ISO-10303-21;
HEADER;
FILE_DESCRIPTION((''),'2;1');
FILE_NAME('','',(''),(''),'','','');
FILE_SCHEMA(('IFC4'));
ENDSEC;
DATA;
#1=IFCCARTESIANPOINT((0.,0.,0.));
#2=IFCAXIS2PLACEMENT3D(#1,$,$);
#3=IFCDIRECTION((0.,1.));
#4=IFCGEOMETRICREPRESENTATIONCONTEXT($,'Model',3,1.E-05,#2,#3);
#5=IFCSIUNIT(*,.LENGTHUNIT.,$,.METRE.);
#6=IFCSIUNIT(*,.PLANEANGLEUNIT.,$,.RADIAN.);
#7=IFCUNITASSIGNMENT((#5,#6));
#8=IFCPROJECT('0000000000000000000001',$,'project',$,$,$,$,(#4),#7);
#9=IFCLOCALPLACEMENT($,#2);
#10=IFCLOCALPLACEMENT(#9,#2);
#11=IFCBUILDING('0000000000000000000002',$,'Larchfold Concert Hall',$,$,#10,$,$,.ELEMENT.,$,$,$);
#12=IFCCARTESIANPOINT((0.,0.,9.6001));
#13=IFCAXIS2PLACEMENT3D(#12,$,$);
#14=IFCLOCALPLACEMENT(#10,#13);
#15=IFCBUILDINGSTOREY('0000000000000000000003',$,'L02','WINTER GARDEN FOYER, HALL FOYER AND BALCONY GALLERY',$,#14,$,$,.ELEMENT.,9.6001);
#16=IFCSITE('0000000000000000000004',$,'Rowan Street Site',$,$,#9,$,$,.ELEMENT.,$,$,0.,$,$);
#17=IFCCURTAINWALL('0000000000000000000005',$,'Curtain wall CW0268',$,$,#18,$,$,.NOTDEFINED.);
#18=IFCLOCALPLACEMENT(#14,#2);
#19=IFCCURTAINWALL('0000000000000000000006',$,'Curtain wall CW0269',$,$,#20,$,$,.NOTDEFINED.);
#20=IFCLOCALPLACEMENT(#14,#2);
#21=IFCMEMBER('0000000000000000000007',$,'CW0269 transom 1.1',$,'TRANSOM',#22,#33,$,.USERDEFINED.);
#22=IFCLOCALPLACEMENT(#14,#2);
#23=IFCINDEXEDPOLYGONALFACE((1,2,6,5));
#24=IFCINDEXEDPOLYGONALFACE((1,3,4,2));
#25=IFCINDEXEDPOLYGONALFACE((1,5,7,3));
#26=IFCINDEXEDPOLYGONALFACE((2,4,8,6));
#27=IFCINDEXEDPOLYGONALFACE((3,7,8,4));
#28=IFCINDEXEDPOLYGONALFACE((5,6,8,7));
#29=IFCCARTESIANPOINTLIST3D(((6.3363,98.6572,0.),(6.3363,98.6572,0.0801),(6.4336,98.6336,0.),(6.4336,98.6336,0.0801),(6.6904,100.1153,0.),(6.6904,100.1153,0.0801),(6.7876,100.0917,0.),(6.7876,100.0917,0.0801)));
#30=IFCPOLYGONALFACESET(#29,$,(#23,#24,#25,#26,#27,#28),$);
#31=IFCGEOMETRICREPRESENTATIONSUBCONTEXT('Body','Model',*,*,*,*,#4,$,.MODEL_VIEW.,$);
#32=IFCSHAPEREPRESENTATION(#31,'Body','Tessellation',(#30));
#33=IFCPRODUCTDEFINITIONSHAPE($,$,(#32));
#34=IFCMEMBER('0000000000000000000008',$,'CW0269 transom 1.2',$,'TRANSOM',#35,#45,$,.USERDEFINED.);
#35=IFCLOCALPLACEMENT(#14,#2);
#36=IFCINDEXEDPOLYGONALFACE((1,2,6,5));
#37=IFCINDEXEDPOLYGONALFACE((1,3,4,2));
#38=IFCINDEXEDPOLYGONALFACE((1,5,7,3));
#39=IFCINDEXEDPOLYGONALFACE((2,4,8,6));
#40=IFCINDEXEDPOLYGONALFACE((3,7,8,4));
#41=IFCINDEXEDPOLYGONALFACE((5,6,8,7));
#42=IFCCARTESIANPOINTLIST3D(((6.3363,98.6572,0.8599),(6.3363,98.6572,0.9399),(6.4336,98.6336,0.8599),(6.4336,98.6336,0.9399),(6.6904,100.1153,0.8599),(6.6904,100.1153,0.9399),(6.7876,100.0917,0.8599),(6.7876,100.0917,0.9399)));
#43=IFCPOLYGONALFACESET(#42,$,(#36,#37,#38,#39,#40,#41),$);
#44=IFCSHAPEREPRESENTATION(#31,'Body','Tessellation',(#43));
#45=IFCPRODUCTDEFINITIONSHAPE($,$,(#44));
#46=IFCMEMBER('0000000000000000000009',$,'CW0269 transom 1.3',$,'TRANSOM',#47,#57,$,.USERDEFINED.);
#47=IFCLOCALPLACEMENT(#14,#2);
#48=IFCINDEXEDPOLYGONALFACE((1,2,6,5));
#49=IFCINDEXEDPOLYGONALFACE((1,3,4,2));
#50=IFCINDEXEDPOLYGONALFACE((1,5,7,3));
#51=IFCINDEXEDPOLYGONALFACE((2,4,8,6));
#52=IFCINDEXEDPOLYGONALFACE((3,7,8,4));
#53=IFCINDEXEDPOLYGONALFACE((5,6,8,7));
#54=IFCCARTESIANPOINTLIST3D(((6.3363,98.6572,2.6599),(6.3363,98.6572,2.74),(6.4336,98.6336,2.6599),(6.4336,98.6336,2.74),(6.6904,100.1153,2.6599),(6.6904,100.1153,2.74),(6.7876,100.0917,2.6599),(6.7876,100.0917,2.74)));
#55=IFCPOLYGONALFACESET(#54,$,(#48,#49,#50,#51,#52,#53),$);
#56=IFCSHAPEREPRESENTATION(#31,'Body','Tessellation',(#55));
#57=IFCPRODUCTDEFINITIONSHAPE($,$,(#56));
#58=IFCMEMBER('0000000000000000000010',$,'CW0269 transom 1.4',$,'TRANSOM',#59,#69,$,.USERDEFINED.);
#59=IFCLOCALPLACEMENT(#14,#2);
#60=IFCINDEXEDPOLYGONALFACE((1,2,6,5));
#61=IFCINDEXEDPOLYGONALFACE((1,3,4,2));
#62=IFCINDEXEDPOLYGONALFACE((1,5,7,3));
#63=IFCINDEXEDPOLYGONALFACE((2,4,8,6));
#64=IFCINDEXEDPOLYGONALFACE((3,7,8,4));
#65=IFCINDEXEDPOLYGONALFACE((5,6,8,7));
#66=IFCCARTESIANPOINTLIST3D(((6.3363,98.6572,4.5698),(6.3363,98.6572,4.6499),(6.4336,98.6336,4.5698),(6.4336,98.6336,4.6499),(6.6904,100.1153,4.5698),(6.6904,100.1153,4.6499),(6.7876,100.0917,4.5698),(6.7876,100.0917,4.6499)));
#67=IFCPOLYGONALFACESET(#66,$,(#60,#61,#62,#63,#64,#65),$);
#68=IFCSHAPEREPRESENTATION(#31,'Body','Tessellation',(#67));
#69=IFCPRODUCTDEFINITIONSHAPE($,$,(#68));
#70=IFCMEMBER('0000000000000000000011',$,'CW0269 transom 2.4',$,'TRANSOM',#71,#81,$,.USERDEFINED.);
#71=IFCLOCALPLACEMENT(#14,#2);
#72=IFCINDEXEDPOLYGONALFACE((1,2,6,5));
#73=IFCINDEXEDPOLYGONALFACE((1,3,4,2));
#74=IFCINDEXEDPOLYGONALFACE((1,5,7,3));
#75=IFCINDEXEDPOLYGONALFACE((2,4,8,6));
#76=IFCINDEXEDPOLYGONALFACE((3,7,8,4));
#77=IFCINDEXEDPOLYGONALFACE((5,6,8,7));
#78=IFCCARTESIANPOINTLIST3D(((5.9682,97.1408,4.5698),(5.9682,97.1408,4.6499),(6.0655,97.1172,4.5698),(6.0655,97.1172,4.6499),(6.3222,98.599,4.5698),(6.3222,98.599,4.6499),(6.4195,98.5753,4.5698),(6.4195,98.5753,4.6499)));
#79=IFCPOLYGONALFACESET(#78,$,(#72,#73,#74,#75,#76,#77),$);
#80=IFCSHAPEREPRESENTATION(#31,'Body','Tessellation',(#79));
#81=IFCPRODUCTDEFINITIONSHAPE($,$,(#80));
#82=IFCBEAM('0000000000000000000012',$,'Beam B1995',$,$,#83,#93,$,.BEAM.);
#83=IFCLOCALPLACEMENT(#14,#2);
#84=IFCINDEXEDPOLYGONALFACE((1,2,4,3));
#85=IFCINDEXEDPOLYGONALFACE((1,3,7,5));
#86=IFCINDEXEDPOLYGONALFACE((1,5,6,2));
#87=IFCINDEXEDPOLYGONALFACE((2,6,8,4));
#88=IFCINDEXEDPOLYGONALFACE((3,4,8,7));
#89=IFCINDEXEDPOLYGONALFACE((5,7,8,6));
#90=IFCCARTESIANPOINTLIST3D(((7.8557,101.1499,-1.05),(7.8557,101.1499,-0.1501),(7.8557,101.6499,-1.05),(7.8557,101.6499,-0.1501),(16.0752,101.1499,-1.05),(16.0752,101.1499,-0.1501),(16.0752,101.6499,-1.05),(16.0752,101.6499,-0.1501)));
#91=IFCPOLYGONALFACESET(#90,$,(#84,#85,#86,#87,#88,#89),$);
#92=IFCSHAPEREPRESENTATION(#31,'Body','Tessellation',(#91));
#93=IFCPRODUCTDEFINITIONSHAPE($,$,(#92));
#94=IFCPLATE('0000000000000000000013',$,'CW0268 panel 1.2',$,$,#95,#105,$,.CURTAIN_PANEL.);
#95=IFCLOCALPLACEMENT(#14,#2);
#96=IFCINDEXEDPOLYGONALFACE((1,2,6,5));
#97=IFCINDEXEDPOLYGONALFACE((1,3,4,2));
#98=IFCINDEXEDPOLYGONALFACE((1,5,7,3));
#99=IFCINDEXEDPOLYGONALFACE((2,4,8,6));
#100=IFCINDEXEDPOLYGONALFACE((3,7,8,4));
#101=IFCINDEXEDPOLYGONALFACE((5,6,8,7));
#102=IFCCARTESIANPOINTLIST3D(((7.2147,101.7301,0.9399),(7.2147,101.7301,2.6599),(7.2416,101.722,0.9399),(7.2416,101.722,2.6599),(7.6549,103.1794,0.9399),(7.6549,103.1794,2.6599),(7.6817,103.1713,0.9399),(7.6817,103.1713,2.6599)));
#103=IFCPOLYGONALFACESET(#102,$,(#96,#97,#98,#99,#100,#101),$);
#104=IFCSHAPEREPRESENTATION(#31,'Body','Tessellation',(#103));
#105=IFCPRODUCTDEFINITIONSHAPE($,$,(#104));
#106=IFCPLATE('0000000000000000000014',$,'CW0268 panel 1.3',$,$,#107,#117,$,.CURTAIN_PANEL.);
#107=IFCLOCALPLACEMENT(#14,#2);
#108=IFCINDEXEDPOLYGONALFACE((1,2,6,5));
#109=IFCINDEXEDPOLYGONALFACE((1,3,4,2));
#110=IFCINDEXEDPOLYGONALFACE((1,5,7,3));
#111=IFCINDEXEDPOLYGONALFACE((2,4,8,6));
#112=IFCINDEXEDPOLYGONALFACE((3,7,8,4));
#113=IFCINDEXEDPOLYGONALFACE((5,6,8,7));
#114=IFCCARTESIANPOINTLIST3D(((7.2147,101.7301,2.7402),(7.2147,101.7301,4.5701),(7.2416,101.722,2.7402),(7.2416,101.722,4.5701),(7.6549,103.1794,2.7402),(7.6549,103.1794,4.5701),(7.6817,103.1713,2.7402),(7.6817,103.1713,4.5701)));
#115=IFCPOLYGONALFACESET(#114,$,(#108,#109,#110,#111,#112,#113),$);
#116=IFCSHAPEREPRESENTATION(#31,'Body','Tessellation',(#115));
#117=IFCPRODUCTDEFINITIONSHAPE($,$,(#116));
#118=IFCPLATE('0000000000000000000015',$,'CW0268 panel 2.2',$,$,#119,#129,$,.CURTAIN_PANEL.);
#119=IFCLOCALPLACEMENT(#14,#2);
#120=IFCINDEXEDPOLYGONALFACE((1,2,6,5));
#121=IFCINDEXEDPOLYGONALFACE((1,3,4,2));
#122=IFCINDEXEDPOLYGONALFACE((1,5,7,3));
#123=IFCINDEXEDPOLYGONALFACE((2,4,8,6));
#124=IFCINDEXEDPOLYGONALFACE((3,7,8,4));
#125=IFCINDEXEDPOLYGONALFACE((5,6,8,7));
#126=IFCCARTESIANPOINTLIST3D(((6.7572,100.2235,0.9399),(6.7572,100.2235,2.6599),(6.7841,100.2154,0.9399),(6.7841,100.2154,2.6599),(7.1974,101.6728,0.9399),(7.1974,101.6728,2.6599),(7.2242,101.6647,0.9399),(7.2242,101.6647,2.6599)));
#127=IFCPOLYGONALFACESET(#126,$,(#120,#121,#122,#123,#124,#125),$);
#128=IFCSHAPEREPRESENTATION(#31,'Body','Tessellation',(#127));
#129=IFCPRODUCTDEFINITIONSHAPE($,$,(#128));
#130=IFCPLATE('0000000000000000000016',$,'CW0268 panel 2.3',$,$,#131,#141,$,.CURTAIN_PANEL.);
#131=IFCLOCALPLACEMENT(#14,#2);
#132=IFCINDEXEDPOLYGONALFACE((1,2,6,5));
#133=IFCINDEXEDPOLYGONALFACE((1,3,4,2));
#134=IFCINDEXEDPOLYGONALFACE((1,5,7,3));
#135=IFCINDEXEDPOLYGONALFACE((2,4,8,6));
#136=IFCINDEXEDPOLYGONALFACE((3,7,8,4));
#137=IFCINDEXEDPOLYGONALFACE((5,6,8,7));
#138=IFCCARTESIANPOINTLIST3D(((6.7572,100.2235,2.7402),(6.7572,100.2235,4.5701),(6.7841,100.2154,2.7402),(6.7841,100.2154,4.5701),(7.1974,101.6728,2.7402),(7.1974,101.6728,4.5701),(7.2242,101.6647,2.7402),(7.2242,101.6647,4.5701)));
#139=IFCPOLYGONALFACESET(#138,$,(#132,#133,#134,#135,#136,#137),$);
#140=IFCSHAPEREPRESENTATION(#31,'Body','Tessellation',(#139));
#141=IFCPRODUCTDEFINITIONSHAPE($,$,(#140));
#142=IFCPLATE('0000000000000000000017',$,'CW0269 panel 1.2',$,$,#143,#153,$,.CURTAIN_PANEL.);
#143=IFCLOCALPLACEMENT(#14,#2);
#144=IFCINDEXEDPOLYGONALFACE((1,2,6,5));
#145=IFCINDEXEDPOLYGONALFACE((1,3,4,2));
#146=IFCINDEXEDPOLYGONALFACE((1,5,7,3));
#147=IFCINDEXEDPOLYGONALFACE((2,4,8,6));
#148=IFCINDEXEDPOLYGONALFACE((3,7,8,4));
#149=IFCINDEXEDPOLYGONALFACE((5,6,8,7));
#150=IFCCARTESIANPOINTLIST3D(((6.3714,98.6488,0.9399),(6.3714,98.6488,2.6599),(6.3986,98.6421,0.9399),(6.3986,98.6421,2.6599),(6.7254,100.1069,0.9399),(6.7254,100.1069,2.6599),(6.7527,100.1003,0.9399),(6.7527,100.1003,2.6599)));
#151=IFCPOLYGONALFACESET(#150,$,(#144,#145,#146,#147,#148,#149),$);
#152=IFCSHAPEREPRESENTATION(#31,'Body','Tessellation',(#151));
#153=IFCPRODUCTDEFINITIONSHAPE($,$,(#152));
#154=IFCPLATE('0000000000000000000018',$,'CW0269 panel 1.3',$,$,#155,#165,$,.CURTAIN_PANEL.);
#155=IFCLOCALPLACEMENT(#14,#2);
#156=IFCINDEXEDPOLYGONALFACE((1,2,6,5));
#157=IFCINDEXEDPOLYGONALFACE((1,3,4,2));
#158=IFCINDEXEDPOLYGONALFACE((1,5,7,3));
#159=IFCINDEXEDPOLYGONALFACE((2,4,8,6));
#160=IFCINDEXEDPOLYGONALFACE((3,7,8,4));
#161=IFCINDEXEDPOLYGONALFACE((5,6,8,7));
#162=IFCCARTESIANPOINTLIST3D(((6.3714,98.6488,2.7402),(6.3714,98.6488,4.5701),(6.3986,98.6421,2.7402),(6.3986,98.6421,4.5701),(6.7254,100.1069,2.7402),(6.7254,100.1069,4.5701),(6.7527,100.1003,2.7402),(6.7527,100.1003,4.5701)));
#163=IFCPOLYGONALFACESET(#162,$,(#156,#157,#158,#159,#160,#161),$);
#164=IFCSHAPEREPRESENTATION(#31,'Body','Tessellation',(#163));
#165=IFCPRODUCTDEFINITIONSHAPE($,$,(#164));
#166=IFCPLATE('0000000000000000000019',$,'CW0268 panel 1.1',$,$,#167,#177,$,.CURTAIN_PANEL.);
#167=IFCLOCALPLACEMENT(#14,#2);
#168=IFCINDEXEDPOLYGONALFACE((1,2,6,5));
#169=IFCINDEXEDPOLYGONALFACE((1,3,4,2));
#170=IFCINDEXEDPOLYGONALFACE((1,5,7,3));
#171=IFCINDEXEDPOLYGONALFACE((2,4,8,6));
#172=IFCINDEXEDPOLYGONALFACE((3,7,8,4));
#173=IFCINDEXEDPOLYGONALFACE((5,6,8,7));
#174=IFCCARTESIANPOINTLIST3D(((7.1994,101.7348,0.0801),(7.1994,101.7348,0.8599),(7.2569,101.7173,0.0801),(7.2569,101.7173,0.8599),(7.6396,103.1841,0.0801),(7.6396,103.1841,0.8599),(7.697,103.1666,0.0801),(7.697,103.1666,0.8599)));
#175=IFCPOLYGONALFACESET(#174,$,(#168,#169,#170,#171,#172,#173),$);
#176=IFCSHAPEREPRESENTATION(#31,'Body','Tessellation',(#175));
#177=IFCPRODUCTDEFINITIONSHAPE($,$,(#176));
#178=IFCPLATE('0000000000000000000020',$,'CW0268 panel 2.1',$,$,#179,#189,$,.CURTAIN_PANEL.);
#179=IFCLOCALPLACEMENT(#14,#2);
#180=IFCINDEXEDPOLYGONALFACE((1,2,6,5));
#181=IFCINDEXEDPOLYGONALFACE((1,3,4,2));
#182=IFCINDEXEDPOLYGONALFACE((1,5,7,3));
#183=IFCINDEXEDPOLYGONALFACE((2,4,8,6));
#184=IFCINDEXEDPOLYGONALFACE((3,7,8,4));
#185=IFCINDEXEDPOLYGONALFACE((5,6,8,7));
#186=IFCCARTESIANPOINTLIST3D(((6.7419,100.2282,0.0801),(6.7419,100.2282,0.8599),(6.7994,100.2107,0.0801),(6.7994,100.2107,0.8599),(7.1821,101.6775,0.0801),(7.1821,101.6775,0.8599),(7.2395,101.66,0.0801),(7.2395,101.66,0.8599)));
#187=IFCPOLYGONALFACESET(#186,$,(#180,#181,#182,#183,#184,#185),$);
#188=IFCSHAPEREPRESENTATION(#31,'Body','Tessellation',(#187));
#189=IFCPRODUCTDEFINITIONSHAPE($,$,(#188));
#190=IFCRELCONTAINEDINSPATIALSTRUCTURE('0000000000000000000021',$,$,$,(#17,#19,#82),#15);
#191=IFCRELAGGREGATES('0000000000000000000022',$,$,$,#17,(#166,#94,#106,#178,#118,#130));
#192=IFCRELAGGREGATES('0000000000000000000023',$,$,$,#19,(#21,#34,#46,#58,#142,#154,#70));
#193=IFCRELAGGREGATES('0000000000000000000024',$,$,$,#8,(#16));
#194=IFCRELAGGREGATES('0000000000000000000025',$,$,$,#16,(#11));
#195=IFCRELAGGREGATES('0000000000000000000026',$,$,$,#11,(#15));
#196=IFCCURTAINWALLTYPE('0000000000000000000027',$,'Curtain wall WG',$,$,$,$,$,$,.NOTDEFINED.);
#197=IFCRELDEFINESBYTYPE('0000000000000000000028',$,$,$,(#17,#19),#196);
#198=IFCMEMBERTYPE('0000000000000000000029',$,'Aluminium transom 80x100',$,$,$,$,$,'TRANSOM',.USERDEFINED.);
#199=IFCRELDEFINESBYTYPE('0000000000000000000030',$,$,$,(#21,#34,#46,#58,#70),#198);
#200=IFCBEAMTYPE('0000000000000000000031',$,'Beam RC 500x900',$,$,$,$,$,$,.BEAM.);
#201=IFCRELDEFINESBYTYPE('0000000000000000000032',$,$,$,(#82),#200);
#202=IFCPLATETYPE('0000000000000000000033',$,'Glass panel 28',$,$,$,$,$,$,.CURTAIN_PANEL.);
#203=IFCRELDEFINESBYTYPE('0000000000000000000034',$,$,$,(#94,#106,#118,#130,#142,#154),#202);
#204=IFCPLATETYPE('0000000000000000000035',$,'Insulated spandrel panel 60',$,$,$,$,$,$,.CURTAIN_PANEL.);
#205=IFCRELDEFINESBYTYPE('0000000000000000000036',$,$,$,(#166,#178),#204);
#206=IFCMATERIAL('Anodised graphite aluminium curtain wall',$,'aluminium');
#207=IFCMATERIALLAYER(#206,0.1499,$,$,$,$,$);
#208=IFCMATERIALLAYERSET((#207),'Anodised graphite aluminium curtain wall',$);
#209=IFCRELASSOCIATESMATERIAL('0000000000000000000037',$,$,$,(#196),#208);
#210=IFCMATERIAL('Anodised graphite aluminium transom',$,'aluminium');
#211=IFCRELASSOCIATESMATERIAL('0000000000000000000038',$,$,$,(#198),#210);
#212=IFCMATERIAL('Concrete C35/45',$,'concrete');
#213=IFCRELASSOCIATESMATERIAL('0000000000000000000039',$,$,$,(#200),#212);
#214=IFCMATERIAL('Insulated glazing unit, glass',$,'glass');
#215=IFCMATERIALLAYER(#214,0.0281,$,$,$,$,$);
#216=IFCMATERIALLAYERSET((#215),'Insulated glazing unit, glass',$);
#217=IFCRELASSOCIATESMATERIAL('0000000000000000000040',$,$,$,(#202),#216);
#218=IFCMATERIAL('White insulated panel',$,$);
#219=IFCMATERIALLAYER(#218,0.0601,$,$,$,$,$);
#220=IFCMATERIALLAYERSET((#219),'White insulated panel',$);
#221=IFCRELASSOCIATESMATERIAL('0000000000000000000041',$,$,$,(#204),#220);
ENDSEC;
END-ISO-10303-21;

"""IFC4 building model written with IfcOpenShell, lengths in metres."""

from ifc_helpers import new_model, si_unit, direction, frame, origin, origin_2d, place, context, subcontext, project, spatial, rectangle, extrude, material, layer, layer_set, material_profile, profile_set, type_object, element, aggregate, save


model = new_model("IFC4")

# Units and contexts
model_context = context("Model", 3, precision=1e-05, world=origin(), true_north=direction((0.0, 1.0)))
body_context = subcontext(model_context, "Body", "Model", "MODEL_VIEW")
ifc_project = project(units=[si_unit("LENGTHUNIT", "METRE"), si_unit("PLANEANGLEUNIT", "RADIAN")], contexts=[model_context])

# Site, building, storey
site_placement = place(None, origin())
site = spatial("IfcSite", under=ifc_project, at=site_placement, Name="Rowan Street Site", CompositionType="ELEMENT", RefElevation=0.0)
building_placement = place(site_placement, origin())
building = spatial("IfcBuilding", under=site, at=building_placement, Name="Larchfold Concert Hall", CompositionType="ELEMENT")
storey_placement = place(building_placement, frame((0.0, 0.0, 9.6001)))
storey = spatial("IfcBuildingStorey", under=building, at=storey_placement, Name="L02", Description="WINTER GARDEN FOYER, HALL FOYER AND BALCONY GALLERY", CompositionType="ELEMENT", Elevation=9.6001)

# Curtain walls
ifc_material_1 = material(Name="Anodised graphite aluminium curtain wall", Category="aluminium")
ifc_layer_1 = layer(ifc_material_1, 0.1499)
ifc_layer_set_1 = layer_set([ifc_layer_1], Name="Anodised graphite aluminium curtain wall")
curtain_wall_type = type_object("IfcCurtainWallType", Name="Curtain wall WG", PredefinedType="NOTDEFINED", material=ifc_layer_set_1)
curtain_wall_1_placement = place(storey_placement, origin())
curtain_wall_1 = element("IfcCurtainWall", 1, at=curtain_wall_1_placement, inside=storey, type_object=curtain_wall_type, Name="Curtain wall CW0268", PredefinedType="NOTDEFINED")
curtain_wall_2_placement = place(storey_placement, origin())
curtain_wall_2 = element("IfcCurtainWall", 2, at=curtain_wall_2_placement, inside=storey, type_object=curtain_wall_type, Name="Curtain wall CW0269", PredefinedType="NOTDEFINED")

# Members
ifc_material_2 = material(Name="Anodised graphite aluminium transom", Category="aluminium")
ifc_material_profile_1 = material_profile(ifc_material_2, rectangle(XDim=0.1001, YDim=0.0801, at=origin_2d()))
ifc_profile_set_1 = profile_set([ifc_material_profile_1], Name="Anodised graphite aluminium transom")
member_type_1 = type_object("IfcMemberType", Name="Aluminium transom 80x100", ElementType="TRANSOM", PredefinedType="USERDEFINED", material=ifc_profile_set_1)
member_1_placement = place(storey_placement, frame((6.739, 100.1035, 0.04), z_axis=(-0.235945, -0.971766, 0.0), x_axis=(0.971766, -0.235945, 0.0)))
member_1 = element("IfcMember", 3, at=member_1_placement, type_object=member_type_1, Name="CW0269 transom 1.1", ObjectType="TRANSOM", PredefinedType="USERDEFINED", context=body_context, shape_type="SweptSolid", body=[
    extrude(rectangle(XDim=0.1001, YDim=0.0801, at=origin_2d()), origin(), (0.0, 0.0, 1.0), 1.5005),
])
member_2_placement = place(storey_placement, frame((6.739, 100.1035, 0.8999), z_axis=(-0.235945, -0.971766, 0.0), x_axis=(0.971766, -0.235945, 0.0)))
member_2 = element("IfcMember", 4, at=member_2_placement, type_object=member_type_1, Name="CW0269 transom 1.2", ObjectType="TRANSOM", PredefinedType="USERDEFINED", context=body_context, shape_type="SweptSolid", body=[
    extrude(rectangle(XDim=0.1001, YDim=0.0801, at=origin_2d()), origin(), (0.0, 0.0, 1.0), 1.5005),
])
member_3_placement = place(storey_placement, frame((6.739, 100.1035, 2.7), z_axis=(-0.235945, -0.971766, 0.0), x_axis=(0.971766, -0.235945, 0.0)))
member_3 = element("IfcMember", 5, at=member_3_placement, type_object=member_type_1, Name="CW0269 transom 1.3", ObjectType="TRANSOM", PredefinedType="USERDEFINED", context=body_context, shape_type="SweptSolid", body=[
    extrude(rectangle(XDim=0.1001, YDim=0.0801, at=origin_2d()), origin(), (0.0, 0.0, 1.0), 1.5005),
])
member_4_placement = place(storey_placement, frame((6.739, 100.1035, 4.6099), z_axis=(-0.235945, -0.971766, 0.0), x_axis=(0.971766, -0.235945, 0.0)))
member_4 = element("IfcMember", 6, at=member_4_placement, type_object=member_type_1, Name="CW0269 transom 1.4", ObjectType="TRANSOM", PredefinedType="USERDEFINED", context=body_context, shape_type="SweptSolid", body=[
    extrude(rectangle(XDim=0.1001, YDim=0.0801, at=origin_2d()), origin(), (0.0, 0.0, 1.0), 1.5005),
])
member_5_placement = place(storey_placement, frame((6.3708, 98.5872, 4.6099), z_axis=(-0.235945, -0.971766, 0.0), x_axis=(0.971766, -0.235945, 0.0)))
member_5 = element("IfcMember", 7, at=member_5_placement, type_object=member_type_1, Name="CW0269 transom 2.4", ObjectType="TRANSOM", PredefinedType="USERDEFINED", context=body_context, shape_type="SweptSolid", body=[
    extrude(rectangle(XDim=0.1001, YDim=0.0801, at=origin_2d()), origin(), (0.0, 0.0, 1.0), 1.5005),
])

# Beam
ifc_material_3 = material(Name="Concrete C35/45", Category="concrete")
ifc_material_profile_2 = material_profile(ifc_material_3, rectangle(XDim=0.5, YDim=0.8999, at=origin_2d()))
ifc_profile_set_2 = profile_set([ifc_material_profile_2], Name="Concrete C35/45")
beam_type = type_object("IfcBeamType", Name="Beam RC 500x900", PredefinedType="BEAM", material=ifc_profile_set_2)
beam_placement = place(storey_placement, frame((7.8557, 101.3999, -0.6001), z_axis=(1.0, 0.0, 0.0), x_axis=(0.0, 1.0, 0.0)))
element("IfcBeam", 8, at=beam_placement, inside=storey, type_object=beam_type, Name="Beam B1995", PredefinedType="BEAM", context=body_context, shape_type="SweptSolid", body=[
    extrude(rectangle(XDim=0.5, YDim=0.8999, at=origin_2d()), origin(), (0.0, 0.0, 1.0), 8.2195),
])

# Plates
ifc_material_4 = material(Name="Insulated glazing unit, glass", Category="glass")
ifc_layer_2 = layer(ifc_material_4, 0.0281)
ifc_layer_set_2 = layer_set([ifc_layer_2], Name="Insulated glazing unit, glass")
plate_type_1 = type_object("IfcPlateType", Name="Glass panel 28", PredefinedType="CURTAIN_PANEL", material=ifc_layer_set_2)
plate_1_placement = place(storey_placement, frame((7.4482, 102.4507, 0.9399), z_axis=(0.0, 0.0, 1.0), x_axis=(-0.290577, -0.956851, 0.0)))
plate_1 = element("IfcPlate", 9, at=plate_1_placement, type_object=plate_type_1, Name="CW0268 panel 1.2", PredefinedType="CURTAIN_PANEL", context=body_context, shape_type="SweptSolid", body=[
    extrude(rectangle(XDim=1.5146, YDim=0.0281, at=origin_2d()), origin(), (0.0, 0.0, 1.0), 1.72),
])
plate_2_placement = place(storey_placement, frame((7.4482, 102.4507, 2.7402), z_axis=(0.0, 0.0, 1.0), x_axis=(-0.290577, -0.956851, 0.0)))
plate_2 = element("IfcPlate", 10, at=plate_2_placement, type_object=plate_type_1, Name="CW0268 panel 1.3", PredefinedType="CURTAIN_PANEL", context=body_context, shape_type="SweptSolid", body=[
    extrude(rectangle(XDim=1.5146, YDim=0.0281, at=origin_2d()), origin(), (0.0, 0.0, 1.0), 1.8298),
])
plate_3_placement = place(storey_placement, frame((6.9907, 100.9441, 0.9399), z_axis=(0.0, 0.0, 1.0), x_axis=(-0.290577, -0.956851, 0.0)))
plate_3 = element("IfcPlate", 11, at=plate_3_placement, type_object=plate_type_1, Name="CW0268 panel 2.2", PredefinedType="CURTAIN_PANEL", context=body_context, shape_type="SweptSolid", body=[
    extrude(rectangle(XDim=1.5146, YDim=0.0281, at=origin_2d()), origin(), (0.0, 0.0, 1.0), 1.72),
])
plate_4_placement = place(storey_placement, frame((6.9907, 100.9441, 2.7402), z_axis=(0.0, 0.0, 1.0), x_axis=(-0.290577, -0.956851, 0.0)))
plate_4 = element("IfcPlate", 12, at=plate_4_placement, type_object=plate_type_1, Name="CW0268 panel 2.3", PredefinedType="CURTAIN_PANEL", context=body_context, shape_type="SweptSolid", body=[
    extrude(rectangle(XDim=1.5146, YDim=0.0281, at=origin_2d()), origin(), (0.0, 0.0, 1.0), 1.8298),
])
plate_5_placement = place(storey_placement, frame((6.562, 99.3745, 0.9399), z_axis=(0.0, 0.0, 1.0), x_axis=(-0.235938, -0.971768, 0.0)))
plate_5 = element("IfcPlate", 13, at=plate_5_placement, type_object=plate_type_1, Name="CW0269 panel 1.2", PredefinedType="CURTAIN_PANEL", context=body_context, shape_type="SweptSolid", body=[
    extrude(rectangle(XDim=1.5005, YDim=0.0281, at=origin_2d()), origin(), (0.0, 0.0, 1.0), 1.72),
])
plate_6_placement = place(storey_placement, frame((6.562, 99.3745, 2.7402), z_axis=(0.0, 0.0, 1.0), x_axis=(-0.235938, -0.971768, 0.0)))
plate_6 = element("IfcPlate", 14, at=plate_6_placement, type_object=plate_type_1, Name="CW0269 panel 1.3", PredefinedType="CURTAIN_PANEL", context=body_context, shape_type="SweptSolid", body=[
    extrude(rectangle(XDim=1.5005, YDim=0.0281, at=origin_2d()), origin(), (0.0, 0.0, 1.0), 1.8298),
])
ifc_material_5 = material(Name="White insulated panel")
ifc_layer_3 = layer(ifc_material_5, 0.0601)
ifc_layer_set_3 = layer_set([ifc_layer_3], Name="White insulated panel")
plate_type_2 = type_object("IfcPlateType", Name="Insulated spandrel panel 60", PredefinedType="CURTAIN_PANEL", material=ifc_layer_set_3)
plate_7_placement = place(storey_placement, frame((7.4482, 102.4507, 0.0801), z_axis=(0.0, 0.0, 1.0), x_axis=(-0.290577, -0.956851, 0.0)))
plate_7 = element("IfcPlate", 15, at=plate_7_placement, type_object=plate_type_2, Name="CW0268 panel 1.1", PredefinedType="CURTAIN_PANEL", context=body_context, shape_type="SweptSolid", body=[
    extrude(rectangle(XDim=1.5146, YDim=0.0601, at=origin_2d()), origin(), (0.0, 0.0, 1.0), 0.7798),
])
plate_8_placement = place(storey_placement, frame((6.9907, 100.9441, 0.0801), z_axis=(0.0, 0.0, 1.0), x_axis=(-0.290577, -0.956851, 0.0)))
plate_8 = element("IfcPlate", 16, at=plate_8_placement, type_object=plate_type_2, Name="CW0268 panel 2.1", PredefinedType="CURTAIN_PANEL", context=body_context, shape_type="SweptSolid", body=[
    extrude(rectangle(XDim=1.5146, YDim=0.0601, at=origin_2d()), origin(), (0.0, 0.0, 1.0), 0.7798),
])
aggregate(curtain_wall_1, [plate_7, plate_1, plate_2, plate_8, plate_3, plate_4])
aggregate(curtain_wall_2, [member_1, member_2, member_3, member_4, plate_5, plate_6, member_5])

save(model, "model.ifc")
